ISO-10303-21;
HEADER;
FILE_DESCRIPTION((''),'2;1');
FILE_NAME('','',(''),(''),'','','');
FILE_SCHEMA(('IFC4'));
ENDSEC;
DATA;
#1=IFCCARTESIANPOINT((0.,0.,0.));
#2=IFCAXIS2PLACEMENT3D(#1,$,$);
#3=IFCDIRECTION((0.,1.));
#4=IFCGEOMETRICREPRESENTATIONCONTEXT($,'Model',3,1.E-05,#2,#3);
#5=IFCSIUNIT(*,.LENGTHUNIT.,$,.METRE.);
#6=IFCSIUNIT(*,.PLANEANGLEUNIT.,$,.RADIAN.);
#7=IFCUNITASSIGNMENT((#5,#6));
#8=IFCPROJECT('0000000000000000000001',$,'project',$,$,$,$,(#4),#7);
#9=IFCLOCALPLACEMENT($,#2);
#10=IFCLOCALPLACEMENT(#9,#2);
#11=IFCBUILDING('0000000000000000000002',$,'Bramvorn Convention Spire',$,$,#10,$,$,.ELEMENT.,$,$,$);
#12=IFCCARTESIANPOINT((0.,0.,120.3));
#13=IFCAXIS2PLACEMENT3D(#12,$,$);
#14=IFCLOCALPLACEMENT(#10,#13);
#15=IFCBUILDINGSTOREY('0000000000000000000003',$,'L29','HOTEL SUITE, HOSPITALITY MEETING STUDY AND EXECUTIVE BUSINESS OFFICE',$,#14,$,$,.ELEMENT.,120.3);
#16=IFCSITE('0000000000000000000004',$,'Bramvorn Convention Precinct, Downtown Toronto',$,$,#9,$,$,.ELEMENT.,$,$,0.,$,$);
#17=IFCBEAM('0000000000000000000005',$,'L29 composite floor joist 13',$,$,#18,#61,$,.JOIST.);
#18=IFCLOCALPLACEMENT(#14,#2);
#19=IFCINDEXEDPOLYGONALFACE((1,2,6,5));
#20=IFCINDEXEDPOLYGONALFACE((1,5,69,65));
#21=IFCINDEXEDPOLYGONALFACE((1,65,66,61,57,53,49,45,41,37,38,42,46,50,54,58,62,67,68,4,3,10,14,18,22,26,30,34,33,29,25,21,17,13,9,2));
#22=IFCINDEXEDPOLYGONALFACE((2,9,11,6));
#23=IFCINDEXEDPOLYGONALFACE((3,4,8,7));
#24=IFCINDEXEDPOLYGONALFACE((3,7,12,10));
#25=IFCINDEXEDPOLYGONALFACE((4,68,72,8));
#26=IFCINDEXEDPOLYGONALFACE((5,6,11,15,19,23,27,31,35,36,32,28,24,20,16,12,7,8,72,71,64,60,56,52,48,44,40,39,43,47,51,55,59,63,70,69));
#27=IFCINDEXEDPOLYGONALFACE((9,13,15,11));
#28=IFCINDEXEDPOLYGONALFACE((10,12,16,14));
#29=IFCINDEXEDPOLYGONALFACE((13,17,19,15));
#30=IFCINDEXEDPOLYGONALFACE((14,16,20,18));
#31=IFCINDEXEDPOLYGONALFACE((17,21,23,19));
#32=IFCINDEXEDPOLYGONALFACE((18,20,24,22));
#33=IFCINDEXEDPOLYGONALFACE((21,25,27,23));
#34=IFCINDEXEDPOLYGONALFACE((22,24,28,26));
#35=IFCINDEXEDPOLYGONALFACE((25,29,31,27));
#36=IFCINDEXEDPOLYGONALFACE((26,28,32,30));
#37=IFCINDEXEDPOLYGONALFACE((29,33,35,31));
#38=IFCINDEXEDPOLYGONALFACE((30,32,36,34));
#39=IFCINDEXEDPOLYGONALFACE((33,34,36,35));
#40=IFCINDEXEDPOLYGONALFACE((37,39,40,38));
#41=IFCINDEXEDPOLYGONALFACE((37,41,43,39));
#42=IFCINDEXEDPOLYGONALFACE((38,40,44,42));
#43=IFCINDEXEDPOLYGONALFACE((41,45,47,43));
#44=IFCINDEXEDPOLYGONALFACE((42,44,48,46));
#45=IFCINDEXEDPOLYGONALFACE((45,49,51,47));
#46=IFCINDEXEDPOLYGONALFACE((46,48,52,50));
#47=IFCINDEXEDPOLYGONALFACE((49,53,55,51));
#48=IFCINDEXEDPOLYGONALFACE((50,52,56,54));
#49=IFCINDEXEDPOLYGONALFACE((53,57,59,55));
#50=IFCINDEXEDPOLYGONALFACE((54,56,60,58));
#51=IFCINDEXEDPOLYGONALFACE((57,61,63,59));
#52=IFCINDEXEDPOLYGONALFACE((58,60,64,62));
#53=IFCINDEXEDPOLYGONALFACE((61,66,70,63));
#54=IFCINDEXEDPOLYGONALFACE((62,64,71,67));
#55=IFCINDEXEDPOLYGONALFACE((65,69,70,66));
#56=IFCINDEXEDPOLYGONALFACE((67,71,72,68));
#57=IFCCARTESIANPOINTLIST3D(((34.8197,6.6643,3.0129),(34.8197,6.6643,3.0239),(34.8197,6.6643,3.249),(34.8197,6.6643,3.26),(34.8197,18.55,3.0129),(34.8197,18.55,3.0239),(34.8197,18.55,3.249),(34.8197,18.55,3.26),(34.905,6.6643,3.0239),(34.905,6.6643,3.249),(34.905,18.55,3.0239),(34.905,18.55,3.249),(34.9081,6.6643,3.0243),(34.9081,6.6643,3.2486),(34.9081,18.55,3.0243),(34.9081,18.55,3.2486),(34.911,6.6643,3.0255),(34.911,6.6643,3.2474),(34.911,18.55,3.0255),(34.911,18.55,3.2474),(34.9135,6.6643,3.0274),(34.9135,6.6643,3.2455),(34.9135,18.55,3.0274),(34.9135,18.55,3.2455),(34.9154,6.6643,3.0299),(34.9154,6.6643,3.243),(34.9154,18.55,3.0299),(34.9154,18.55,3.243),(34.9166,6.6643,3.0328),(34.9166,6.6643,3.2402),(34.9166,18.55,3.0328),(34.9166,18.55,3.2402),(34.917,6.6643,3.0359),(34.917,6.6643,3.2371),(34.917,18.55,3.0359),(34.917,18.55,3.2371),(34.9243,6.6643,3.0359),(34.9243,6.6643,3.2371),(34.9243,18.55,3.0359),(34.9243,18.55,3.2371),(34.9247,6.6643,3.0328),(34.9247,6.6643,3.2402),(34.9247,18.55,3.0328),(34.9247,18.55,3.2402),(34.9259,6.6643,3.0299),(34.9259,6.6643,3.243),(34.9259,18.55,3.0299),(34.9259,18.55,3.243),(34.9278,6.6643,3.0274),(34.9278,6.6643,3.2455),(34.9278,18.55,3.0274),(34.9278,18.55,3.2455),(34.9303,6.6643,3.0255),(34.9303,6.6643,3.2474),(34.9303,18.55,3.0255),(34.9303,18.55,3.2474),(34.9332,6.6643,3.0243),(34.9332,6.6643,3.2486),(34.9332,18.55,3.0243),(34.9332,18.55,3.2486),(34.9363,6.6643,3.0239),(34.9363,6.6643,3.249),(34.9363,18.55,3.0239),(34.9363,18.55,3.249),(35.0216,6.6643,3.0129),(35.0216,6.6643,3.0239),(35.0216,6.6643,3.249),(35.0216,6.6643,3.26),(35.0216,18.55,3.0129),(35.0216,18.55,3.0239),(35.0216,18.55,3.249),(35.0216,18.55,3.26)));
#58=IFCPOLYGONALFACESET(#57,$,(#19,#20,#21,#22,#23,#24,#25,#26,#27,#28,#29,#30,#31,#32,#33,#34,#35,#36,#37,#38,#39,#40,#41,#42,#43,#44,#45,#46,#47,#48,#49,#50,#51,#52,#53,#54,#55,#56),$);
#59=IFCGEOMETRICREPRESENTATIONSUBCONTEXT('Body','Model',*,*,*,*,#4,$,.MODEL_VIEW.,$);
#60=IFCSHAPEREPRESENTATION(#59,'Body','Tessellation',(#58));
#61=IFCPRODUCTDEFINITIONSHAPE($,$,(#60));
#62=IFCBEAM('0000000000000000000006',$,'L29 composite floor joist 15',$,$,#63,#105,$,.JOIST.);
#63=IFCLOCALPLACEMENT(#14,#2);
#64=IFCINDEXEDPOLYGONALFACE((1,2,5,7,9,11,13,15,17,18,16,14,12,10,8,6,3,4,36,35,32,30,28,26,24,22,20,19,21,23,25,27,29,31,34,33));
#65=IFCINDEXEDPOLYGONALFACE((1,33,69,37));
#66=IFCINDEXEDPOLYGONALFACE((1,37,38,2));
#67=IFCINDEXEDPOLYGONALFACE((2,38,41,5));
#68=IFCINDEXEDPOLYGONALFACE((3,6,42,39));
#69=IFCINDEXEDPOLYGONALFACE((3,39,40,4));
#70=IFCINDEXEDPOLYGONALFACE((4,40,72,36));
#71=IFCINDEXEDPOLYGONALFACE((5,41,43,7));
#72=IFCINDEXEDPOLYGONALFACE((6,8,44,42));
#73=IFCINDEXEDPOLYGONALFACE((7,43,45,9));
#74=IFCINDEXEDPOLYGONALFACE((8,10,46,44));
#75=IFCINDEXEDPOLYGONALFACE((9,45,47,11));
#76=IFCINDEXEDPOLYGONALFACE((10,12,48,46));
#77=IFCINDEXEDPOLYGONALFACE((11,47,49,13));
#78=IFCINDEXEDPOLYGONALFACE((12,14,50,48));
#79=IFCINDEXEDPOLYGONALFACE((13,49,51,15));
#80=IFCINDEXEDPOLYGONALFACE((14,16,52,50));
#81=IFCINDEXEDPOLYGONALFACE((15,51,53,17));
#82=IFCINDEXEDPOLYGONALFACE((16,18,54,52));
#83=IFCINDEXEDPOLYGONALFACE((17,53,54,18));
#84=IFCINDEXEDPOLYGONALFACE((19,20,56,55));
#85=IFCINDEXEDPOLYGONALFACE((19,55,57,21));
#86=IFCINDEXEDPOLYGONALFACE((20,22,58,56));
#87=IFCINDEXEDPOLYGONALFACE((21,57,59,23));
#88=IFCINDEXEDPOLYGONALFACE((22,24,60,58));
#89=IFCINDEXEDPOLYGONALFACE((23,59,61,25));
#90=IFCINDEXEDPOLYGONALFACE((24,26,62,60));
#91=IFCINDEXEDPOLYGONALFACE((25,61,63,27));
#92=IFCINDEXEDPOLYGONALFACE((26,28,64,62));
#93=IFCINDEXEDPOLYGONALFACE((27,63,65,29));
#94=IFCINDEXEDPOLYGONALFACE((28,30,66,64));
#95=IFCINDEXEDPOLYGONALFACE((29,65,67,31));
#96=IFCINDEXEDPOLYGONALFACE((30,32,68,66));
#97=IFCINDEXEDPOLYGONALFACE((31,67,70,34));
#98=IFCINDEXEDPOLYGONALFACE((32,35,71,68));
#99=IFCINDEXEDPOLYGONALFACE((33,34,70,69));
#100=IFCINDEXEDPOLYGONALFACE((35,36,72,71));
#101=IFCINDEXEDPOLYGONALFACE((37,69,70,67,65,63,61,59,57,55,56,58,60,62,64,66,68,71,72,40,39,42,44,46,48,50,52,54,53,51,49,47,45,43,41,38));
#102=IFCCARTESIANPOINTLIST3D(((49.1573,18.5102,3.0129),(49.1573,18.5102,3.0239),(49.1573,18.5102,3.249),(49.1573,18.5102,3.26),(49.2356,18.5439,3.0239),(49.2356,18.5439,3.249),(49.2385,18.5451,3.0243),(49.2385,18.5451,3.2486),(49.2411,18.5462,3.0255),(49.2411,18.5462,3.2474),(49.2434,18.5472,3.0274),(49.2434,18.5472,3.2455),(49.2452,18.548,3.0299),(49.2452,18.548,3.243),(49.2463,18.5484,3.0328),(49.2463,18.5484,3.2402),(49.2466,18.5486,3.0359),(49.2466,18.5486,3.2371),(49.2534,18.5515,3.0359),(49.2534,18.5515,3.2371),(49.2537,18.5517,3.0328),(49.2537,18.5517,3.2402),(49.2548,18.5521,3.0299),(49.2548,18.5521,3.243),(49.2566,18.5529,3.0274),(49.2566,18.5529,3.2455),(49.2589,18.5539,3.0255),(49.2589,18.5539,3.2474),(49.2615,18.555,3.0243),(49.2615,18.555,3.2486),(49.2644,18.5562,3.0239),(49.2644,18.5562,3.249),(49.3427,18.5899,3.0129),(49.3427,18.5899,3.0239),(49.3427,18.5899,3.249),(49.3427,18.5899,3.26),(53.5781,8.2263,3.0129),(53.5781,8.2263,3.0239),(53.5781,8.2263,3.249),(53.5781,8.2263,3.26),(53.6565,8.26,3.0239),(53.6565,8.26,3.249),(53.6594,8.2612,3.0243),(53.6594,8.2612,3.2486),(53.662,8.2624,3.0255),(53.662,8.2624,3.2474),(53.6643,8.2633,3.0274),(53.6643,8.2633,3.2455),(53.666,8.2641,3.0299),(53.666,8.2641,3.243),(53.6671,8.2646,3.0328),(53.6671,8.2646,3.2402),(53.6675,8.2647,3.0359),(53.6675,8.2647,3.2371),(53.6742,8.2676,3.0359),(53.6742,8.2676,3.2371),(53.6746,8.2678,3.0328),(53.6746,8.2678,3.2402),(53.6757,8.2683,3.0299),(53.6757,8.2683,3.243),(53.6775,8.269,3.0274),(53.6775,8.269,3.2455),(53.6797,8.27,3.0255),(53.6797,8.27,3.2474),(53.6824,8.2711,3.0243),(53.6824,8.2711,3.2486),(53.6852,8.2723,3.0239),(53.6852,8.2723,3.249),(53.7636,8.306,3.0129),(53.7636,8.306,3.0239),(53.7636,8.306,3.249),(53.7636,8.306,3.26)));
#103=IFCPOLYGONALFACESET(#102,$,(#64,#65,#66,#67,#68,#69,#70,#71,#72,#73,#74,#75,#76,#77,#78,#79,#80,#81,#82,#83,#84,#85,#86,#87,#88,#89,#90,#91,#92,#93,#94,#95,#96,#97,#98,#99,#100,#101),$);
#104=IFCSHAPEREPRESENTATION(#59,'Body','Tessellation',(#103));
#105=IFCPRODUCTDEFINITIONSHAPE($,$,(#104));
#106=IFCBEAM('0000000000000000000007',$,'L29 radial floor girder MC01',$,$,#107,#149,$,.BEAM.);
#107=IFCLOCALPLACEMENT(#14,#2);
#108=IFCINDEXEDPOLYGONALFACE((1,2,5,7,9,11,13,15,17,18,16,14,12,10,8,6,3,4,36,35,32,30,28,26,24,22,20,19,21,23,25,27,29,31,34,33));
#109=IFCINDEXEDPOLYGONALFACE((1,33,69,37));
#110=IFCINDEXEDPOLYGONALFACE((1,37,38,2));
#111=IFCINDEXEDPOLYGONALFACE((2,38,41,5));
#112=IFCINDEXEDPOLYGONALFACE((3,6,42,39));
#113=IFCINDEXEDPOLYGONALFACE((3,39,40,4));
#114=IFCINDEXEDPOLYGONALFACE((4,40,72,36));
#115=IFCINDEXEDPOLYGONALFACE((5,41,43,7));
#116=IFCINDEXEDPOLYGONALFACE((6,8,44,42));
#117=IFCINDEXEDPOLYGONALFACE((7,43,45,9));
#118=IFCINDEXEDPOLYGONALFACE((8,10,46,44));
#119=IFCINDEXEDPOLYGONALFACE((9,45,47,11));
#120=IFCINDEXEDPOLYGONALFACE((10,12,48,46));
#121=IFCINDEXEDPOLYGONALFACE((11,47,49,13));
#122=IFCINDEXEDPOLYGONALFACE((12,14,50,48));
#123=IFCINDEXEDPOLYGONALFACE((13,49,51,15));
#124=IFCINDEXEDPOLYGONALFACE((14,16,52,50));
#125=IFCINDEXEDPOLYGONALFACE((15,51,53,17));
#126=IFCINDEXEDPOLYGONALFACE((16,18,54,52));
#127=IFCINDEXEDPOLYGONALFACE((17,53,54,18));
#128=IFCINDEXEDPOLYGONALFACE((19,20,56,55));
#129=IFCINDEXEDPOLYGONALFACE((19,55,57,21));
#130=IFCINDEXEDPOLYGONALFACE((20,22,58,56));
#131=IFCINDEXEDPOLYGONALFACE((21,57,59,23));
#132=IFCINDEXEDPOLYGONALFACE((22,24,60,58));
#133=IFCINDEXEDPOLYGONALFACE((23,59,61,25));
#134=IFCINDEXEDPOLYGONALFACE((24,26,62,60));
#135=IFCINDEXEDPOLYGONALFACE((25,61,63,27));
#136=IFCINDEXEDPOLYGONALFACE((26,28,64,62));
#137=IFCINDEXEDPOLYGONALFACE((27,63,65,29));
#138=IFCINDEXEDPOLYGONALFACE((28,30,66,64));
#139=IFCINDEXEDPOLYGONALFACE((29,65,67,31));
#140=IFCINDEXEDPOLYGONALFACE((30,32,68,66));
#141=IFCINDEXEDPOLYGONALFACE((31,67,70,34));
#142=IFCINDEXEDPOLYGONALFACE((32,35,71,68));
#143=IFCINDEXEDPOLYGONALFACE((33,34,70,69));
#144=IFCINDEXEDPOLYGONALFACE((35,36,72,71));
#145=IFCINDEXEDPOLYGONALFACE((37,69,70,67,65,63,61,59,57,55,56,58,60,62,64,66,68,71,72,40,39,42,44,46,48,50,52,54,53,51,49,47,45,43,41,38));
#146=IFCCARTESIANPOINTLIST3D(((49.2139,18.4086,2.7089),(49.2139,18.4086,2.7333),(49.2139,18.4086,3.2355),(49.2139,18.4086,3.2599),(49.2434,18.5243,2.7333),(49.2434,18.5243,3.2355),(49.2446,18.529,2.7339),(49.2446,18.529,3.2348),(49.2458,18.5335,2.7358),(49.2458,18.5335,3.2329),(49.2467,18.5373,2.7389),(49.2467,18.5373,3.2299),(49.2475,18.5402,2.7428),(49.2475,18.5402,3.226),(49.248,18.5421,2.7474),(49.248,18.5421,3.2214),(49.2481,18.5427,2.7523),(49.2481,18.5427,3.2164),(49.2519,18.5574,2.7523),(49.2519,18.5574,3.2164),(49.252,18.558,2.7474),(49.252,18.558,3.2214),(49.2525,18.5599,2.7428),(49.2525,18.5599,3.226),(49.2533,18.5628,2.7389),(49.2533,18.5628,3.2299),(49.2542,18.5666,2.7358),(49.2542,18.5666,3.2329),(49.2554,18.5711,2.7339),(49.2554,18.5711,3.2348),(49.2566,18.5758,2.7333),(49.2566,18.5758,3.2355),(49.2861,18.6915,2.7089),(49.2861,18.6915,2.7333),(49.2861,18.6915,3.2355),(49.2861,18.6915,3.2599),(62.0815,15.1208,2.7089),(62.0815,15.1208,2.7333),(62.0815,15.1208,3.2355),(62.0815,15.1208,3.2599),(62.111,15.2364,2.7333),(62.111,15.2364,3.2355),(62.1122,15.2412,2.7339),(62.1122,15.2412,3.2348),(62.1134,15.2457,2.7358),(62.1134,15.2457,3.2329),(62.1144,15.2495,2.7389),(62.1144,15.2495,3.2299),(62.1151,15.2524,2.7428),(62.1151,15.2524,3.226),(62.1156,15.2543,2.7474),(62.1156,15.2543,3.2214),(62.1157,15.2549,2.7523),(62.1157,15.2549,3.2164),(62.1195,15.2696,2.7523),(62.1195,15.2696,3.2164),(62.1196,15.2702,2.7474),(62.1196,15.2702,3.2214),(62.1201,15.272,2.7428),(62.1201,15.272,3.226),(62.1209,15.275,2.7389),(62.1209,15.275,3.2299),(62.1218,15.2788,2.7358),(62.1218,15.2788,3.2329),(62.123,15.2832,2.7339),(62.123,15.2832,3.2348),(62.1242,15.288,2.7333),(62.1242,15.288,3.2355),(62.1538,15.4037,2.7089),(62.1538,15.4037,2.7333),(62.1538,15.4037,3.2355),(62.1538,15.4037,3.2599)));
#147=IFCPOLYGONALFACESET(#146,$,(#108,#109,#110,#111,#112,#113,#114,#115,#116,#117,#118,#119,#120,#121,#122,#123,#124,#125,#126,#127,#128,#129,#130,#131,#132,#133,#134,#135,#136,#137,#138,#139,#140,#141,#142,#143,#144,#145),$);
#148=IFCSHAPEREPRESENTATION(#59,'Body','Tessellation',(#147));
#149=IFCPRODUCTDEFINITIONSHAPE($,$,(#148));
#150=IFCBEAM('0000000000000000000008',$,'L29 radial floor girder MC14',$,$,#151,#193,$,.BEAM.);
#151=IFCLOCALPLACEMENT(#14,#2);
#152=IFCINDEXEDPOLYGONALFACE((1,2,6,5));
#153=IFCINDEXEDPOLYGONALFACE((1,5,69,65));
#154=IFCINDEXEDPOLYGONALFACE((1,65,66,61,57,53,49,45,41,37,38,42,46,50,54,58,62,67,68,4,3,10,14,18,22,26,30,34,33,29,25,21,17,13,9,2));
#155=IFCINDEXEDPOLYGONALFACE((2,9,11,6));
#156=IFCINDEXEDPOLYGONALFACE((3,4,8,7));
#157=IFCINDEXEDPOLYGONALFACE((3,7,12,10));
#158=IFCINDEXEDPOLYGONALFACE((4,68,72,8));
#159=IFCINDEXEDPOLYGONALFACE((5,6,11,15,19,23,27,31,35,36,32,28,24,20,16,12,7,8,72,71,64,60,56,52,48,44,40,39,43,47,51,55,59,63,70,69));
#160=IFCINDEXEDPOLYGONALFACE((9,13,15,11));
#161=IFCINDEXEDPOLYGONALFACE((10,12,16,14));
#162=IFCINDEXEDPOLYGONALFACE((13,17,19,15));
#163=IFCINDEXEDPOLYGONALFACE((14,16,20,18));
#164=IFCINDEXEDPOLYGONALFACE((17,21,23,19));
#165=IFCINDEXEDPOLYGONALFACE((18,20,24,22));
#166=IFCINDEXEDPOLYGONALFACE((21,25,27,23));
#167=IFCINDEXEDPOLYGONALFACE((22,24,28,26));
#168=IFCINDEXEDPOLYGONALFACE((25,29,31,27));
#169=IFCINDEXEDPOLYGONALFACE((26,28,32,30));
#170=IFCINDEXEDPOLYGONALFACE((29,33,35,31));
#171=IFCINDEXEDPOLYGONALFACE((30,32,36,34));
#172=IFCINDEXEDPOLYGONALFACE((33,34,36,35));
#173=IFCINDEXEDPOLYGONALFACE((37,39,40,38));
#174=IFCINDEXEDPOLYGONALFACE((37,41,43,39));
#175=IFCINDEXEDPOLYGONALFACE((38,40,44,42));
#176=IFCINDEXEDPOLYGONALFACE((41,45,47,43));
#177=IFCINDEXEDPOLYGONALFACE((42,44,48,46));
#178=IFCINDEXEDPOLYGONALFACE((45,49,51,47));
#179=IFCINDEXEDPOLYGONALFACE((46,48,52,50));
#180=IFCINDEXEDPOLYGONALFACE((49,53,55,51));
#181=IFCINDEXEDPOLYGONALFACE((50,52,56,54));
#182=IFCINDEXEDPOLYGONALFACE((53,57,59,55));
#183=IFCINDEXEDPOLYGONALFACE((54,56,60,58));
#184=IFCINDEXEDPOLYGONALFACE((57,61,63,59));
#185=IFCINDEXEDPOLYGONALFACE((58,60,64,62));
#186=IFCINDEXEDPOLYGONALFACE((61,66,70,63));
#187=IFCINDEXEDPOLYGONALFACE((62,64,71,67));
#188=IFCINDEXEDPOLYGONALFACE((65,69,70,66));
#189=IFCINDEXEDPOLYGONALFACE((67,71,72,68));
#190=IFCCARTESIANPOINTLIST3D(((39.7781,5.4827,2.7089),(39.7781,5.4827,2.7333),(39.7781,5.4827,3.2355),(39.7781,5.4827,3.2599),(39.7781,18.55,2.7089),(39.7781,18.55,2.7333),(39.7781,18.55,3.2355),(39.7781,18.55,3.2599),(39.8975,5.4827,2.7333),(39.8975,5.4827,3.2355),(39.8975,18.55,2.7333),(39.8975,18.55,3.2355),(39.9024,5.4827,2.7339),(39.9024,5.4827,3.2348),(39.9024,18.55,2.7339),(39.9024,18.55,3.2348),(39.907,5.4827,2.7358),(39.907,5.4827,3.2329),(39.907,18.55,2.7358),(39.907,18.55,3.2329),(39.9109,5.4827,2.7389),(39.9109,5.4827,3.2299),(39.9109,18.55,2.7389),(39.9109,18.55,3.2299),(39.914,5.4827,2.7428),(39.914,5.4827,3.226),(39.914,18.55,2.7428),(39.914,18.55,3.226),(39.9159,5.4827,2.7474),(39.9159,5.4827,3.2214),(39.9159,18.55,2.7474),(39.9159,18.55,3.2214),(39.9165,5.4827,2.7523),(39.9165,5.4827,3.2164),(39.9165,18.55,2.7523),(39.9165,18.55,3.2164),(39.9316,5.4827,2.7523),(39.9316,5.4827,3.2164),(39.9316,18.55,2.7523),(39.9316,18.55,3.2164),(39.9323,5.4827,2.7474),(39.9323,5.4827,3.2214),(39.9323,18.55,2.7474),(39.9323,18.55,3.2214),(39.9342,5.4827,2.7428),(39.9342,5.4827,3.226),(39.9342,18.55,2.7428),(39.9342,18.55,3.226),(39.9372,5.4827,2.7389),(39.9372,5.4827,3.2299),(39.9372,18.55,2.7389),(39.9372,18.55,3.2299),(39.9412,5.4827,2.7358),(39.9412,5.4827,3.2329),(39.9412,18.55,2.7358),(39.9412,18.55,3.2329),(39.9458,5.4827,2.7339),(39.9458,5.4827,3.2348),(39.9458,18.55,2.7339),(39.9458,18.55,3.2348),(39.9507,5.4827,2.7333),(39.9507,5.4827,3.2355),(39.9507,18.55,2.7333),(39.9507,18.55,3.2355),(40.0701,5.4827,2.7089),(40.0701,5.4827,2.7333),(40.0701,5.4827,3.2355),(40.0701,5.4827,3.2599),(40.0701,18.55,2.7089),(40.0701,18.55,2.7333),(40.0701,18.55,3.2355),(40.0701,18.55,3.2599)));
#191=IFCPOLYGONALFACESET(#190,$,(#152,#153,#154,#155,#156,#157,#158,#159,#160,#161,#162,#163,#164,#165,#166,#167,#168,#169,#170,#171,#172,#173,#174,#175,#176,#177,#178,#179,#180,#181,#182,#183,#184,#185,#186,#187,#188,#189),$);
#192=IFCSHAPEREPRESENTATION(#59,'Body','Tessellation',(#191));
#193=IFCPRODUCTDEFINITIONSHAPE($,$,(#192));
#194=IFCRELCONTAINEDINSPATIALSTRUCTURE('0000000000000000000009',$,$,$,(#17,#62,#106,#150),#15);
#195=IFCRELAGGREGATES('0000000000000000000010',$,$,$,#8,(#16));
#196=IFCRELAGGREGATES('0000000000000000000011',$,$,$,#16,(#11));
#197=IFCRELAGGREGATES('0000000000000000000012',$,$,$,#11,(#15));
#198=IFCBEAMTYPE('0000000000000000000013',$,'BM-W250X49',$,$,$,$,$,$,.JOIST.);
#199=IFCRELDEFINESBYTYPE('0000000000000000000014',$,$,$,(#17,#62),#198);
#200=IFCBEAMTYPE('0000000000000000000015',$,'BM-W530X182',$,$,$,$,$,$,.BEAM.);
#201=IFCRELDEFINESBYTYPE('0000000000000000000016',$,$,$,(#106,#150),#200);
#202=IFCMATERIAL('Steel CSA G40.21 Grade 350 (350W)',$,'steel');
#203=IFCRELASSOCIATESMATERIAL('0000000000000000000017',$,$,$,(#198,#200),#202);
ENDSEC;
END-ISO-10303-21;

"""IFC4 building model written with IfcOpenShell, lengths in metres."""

from ifc_helpers import new_model, si_unit, direction, frame, origin, origin_2d, place, context, subcontext, project, spatial, i_section, extrude, material, material_profile, profile_set, type_object, element, save


model = new_model("IFC4")

# Units and contexts
model_context = context("Model", 3, precision=1e-05, world=origin(), true_north=direction((0.0, 1.0)))
body_context = subcontext(model_context, "Body", "Model", "MODEL_VIEW")
ifc_project = project(units=[si_unit("LENGTHUNIT", "METRE"), si_unit("PLANEANGLEUNIT", "RADIAN")], contexts=[model_context])

# Site, building, storey
site_placement = place(None, origin())
site = spatial("IfcSite", under=ifc_project, at=site_placement, Name="Bramvorn Convention Precinct, Downtown Toronto", CompositionType="ELEMENT", RefElevation=0.0)
building_placement = place(site_placement, origin())
building = spatial("IfcBuilding", under=site, at=building_placement, Name="Bramvorn Convention Spire", CompositionType="ELEMENT")
storey_placement = place(building_placement, frame((0.0, 0.0, 120.3)))
storey = spatial("IfcBuildingStorey", under=building, at=storey_placement, Name="L29", Description="HOTEL SUITE, HOSPITALITY MEETING STUDY AND EXECUTIVE BUSINESS OFFICE", CompositionType="ELEMENT", Elevation=120.3)

# Beams
ifc_material_1 = material(Name="Steel CSA G40.21 Grade 350 (350W)", Category="steel")
ifc_material_profile_1 = material_profile(ifc_material_1, i_section(OverallWidth=0.2019, OverallDepth=0.2471, WebThickness=0.0073, FlangeThickness=0.011, FilletRadius=0.012, at=origin_2d()))
ifc_profile_set_1 = profile_set([ifc_material_profile_1], Name="Steel CSA G40.21 Grade 350 (350W) - W250X49")
beam_type_1 = type_object("IfcBeamType", Name="BM-W250X49", PredefinedType="JOIST", material=ifc_profile_set_1)
beam_1_placement = place(storey_placement, frame((34.9207, 18.55, 3.1365), z_axis=(0.0, -1.0, 0.0), x_axis=(1.0, 0.0, 0.0)))
element("IfcBeam", 1, at=beam_1_placement, inside=storey, type_object=beam_type_1, Name="L29 composite floor joist 13", PredefinedType="JOIST", context=body_context, shape_type="SweptSolid", body=[
    extrude(i_section(OverallWidth=0.2019, OverallDepth=0.2471, WebThickness=0.0073, FlangeThickness=0.011, FilletRadius=0.012, at=origin_2d()), origin(), (0.0, 0.0, 1.0), 11.8857),
])
beam_2_placement = place(storey_placement, frame((49.25, 18.55, 3.1365), z_axis=(0.394938, -0.918708, 0.0), x_axis=(0.918708, 0.394938, 0.0)))
element("IfcBeam", 2, at=beam_2_placement, inside=storey, type_object=beam_type_1, Name="L29 composite floor joist 15", PredefinedType="JOIST", context=body_context, shape_type="SweptSolid", body=[
    extrude(i_section(OverallWidth=0.2019, OverallDepth=0.2471, WebThickness=0.0073, FlangeThickness=0.011, FilletRadius=0.012, at=origin_2d()), origin(), (0.0, 0.0, 1.0), 11.1938),
])
ifc_material_profile_2 = material_profile(ifc_material_1, i_section(OverallWidth=0.292, OverallDepth=0.551, WebThickness=0.0151, FlangeThickness=0.0244, FilletRadius=0.019, at=origin_2d()))
ifc_profile_set_2 = profile_set([ifc_material_profile_2], Name="Steel CSA G40.21 Grade 350 (350W) - W530X182")
beam_type_2 = type_object("IfcBeamType", Name="BM-W530X182", PredefinedType="BEAM", material=ifc_profile_set_2)
beam_3_placement = place(storey_placement, frame((49.25, 18.55, 2.9844), z_axis=(0.968873, -0.247558, 0.0), x_axis=(0.247558, 0.968873, 0.0)))
element("IfcBeam", 3, at=beam_3_placement, inside=storey, type_object=beam_type_2, Name="L29 radial floor girder MC01", PredefinedType="BEAM", context=body_context, shape_type="SweptSolid", body=[
    extrude(i_section(OverallWidth=0.292, OverallDepth=0.551, WebThickness=0.0151, FlangeThickness=0.0244, FilletRadius=0.019, at=origin_2d()), origin(), (0.0, 0.0, 1.0), 13.281),
])
beam_4_placement = place(storey_placement, frame((39.9241, 18.55, 2.9844), z_axis=(0.0, -1.0, 0.0), x_axis=(1.0, 0.0, 0.0)))
element("IfcBeam", 4, at=beam_4_placement, inside=storey, type_object=beam_type_2, Name="L29 radial floor girder MC14", PredefinedType="BEAM", context=body_context, shape_type="SweptSolid", body=[
    extrude(i_section(OverallWidth=0.292, OverallDepth=0.551, WebThickness=0.0151, FlangeThickness=0.0244, FilletRadius=0.019, at=origin_2d()), origin(), (0.0, 0.0, 1.0), 13.0674),
])

save(model, "model.ifc")
